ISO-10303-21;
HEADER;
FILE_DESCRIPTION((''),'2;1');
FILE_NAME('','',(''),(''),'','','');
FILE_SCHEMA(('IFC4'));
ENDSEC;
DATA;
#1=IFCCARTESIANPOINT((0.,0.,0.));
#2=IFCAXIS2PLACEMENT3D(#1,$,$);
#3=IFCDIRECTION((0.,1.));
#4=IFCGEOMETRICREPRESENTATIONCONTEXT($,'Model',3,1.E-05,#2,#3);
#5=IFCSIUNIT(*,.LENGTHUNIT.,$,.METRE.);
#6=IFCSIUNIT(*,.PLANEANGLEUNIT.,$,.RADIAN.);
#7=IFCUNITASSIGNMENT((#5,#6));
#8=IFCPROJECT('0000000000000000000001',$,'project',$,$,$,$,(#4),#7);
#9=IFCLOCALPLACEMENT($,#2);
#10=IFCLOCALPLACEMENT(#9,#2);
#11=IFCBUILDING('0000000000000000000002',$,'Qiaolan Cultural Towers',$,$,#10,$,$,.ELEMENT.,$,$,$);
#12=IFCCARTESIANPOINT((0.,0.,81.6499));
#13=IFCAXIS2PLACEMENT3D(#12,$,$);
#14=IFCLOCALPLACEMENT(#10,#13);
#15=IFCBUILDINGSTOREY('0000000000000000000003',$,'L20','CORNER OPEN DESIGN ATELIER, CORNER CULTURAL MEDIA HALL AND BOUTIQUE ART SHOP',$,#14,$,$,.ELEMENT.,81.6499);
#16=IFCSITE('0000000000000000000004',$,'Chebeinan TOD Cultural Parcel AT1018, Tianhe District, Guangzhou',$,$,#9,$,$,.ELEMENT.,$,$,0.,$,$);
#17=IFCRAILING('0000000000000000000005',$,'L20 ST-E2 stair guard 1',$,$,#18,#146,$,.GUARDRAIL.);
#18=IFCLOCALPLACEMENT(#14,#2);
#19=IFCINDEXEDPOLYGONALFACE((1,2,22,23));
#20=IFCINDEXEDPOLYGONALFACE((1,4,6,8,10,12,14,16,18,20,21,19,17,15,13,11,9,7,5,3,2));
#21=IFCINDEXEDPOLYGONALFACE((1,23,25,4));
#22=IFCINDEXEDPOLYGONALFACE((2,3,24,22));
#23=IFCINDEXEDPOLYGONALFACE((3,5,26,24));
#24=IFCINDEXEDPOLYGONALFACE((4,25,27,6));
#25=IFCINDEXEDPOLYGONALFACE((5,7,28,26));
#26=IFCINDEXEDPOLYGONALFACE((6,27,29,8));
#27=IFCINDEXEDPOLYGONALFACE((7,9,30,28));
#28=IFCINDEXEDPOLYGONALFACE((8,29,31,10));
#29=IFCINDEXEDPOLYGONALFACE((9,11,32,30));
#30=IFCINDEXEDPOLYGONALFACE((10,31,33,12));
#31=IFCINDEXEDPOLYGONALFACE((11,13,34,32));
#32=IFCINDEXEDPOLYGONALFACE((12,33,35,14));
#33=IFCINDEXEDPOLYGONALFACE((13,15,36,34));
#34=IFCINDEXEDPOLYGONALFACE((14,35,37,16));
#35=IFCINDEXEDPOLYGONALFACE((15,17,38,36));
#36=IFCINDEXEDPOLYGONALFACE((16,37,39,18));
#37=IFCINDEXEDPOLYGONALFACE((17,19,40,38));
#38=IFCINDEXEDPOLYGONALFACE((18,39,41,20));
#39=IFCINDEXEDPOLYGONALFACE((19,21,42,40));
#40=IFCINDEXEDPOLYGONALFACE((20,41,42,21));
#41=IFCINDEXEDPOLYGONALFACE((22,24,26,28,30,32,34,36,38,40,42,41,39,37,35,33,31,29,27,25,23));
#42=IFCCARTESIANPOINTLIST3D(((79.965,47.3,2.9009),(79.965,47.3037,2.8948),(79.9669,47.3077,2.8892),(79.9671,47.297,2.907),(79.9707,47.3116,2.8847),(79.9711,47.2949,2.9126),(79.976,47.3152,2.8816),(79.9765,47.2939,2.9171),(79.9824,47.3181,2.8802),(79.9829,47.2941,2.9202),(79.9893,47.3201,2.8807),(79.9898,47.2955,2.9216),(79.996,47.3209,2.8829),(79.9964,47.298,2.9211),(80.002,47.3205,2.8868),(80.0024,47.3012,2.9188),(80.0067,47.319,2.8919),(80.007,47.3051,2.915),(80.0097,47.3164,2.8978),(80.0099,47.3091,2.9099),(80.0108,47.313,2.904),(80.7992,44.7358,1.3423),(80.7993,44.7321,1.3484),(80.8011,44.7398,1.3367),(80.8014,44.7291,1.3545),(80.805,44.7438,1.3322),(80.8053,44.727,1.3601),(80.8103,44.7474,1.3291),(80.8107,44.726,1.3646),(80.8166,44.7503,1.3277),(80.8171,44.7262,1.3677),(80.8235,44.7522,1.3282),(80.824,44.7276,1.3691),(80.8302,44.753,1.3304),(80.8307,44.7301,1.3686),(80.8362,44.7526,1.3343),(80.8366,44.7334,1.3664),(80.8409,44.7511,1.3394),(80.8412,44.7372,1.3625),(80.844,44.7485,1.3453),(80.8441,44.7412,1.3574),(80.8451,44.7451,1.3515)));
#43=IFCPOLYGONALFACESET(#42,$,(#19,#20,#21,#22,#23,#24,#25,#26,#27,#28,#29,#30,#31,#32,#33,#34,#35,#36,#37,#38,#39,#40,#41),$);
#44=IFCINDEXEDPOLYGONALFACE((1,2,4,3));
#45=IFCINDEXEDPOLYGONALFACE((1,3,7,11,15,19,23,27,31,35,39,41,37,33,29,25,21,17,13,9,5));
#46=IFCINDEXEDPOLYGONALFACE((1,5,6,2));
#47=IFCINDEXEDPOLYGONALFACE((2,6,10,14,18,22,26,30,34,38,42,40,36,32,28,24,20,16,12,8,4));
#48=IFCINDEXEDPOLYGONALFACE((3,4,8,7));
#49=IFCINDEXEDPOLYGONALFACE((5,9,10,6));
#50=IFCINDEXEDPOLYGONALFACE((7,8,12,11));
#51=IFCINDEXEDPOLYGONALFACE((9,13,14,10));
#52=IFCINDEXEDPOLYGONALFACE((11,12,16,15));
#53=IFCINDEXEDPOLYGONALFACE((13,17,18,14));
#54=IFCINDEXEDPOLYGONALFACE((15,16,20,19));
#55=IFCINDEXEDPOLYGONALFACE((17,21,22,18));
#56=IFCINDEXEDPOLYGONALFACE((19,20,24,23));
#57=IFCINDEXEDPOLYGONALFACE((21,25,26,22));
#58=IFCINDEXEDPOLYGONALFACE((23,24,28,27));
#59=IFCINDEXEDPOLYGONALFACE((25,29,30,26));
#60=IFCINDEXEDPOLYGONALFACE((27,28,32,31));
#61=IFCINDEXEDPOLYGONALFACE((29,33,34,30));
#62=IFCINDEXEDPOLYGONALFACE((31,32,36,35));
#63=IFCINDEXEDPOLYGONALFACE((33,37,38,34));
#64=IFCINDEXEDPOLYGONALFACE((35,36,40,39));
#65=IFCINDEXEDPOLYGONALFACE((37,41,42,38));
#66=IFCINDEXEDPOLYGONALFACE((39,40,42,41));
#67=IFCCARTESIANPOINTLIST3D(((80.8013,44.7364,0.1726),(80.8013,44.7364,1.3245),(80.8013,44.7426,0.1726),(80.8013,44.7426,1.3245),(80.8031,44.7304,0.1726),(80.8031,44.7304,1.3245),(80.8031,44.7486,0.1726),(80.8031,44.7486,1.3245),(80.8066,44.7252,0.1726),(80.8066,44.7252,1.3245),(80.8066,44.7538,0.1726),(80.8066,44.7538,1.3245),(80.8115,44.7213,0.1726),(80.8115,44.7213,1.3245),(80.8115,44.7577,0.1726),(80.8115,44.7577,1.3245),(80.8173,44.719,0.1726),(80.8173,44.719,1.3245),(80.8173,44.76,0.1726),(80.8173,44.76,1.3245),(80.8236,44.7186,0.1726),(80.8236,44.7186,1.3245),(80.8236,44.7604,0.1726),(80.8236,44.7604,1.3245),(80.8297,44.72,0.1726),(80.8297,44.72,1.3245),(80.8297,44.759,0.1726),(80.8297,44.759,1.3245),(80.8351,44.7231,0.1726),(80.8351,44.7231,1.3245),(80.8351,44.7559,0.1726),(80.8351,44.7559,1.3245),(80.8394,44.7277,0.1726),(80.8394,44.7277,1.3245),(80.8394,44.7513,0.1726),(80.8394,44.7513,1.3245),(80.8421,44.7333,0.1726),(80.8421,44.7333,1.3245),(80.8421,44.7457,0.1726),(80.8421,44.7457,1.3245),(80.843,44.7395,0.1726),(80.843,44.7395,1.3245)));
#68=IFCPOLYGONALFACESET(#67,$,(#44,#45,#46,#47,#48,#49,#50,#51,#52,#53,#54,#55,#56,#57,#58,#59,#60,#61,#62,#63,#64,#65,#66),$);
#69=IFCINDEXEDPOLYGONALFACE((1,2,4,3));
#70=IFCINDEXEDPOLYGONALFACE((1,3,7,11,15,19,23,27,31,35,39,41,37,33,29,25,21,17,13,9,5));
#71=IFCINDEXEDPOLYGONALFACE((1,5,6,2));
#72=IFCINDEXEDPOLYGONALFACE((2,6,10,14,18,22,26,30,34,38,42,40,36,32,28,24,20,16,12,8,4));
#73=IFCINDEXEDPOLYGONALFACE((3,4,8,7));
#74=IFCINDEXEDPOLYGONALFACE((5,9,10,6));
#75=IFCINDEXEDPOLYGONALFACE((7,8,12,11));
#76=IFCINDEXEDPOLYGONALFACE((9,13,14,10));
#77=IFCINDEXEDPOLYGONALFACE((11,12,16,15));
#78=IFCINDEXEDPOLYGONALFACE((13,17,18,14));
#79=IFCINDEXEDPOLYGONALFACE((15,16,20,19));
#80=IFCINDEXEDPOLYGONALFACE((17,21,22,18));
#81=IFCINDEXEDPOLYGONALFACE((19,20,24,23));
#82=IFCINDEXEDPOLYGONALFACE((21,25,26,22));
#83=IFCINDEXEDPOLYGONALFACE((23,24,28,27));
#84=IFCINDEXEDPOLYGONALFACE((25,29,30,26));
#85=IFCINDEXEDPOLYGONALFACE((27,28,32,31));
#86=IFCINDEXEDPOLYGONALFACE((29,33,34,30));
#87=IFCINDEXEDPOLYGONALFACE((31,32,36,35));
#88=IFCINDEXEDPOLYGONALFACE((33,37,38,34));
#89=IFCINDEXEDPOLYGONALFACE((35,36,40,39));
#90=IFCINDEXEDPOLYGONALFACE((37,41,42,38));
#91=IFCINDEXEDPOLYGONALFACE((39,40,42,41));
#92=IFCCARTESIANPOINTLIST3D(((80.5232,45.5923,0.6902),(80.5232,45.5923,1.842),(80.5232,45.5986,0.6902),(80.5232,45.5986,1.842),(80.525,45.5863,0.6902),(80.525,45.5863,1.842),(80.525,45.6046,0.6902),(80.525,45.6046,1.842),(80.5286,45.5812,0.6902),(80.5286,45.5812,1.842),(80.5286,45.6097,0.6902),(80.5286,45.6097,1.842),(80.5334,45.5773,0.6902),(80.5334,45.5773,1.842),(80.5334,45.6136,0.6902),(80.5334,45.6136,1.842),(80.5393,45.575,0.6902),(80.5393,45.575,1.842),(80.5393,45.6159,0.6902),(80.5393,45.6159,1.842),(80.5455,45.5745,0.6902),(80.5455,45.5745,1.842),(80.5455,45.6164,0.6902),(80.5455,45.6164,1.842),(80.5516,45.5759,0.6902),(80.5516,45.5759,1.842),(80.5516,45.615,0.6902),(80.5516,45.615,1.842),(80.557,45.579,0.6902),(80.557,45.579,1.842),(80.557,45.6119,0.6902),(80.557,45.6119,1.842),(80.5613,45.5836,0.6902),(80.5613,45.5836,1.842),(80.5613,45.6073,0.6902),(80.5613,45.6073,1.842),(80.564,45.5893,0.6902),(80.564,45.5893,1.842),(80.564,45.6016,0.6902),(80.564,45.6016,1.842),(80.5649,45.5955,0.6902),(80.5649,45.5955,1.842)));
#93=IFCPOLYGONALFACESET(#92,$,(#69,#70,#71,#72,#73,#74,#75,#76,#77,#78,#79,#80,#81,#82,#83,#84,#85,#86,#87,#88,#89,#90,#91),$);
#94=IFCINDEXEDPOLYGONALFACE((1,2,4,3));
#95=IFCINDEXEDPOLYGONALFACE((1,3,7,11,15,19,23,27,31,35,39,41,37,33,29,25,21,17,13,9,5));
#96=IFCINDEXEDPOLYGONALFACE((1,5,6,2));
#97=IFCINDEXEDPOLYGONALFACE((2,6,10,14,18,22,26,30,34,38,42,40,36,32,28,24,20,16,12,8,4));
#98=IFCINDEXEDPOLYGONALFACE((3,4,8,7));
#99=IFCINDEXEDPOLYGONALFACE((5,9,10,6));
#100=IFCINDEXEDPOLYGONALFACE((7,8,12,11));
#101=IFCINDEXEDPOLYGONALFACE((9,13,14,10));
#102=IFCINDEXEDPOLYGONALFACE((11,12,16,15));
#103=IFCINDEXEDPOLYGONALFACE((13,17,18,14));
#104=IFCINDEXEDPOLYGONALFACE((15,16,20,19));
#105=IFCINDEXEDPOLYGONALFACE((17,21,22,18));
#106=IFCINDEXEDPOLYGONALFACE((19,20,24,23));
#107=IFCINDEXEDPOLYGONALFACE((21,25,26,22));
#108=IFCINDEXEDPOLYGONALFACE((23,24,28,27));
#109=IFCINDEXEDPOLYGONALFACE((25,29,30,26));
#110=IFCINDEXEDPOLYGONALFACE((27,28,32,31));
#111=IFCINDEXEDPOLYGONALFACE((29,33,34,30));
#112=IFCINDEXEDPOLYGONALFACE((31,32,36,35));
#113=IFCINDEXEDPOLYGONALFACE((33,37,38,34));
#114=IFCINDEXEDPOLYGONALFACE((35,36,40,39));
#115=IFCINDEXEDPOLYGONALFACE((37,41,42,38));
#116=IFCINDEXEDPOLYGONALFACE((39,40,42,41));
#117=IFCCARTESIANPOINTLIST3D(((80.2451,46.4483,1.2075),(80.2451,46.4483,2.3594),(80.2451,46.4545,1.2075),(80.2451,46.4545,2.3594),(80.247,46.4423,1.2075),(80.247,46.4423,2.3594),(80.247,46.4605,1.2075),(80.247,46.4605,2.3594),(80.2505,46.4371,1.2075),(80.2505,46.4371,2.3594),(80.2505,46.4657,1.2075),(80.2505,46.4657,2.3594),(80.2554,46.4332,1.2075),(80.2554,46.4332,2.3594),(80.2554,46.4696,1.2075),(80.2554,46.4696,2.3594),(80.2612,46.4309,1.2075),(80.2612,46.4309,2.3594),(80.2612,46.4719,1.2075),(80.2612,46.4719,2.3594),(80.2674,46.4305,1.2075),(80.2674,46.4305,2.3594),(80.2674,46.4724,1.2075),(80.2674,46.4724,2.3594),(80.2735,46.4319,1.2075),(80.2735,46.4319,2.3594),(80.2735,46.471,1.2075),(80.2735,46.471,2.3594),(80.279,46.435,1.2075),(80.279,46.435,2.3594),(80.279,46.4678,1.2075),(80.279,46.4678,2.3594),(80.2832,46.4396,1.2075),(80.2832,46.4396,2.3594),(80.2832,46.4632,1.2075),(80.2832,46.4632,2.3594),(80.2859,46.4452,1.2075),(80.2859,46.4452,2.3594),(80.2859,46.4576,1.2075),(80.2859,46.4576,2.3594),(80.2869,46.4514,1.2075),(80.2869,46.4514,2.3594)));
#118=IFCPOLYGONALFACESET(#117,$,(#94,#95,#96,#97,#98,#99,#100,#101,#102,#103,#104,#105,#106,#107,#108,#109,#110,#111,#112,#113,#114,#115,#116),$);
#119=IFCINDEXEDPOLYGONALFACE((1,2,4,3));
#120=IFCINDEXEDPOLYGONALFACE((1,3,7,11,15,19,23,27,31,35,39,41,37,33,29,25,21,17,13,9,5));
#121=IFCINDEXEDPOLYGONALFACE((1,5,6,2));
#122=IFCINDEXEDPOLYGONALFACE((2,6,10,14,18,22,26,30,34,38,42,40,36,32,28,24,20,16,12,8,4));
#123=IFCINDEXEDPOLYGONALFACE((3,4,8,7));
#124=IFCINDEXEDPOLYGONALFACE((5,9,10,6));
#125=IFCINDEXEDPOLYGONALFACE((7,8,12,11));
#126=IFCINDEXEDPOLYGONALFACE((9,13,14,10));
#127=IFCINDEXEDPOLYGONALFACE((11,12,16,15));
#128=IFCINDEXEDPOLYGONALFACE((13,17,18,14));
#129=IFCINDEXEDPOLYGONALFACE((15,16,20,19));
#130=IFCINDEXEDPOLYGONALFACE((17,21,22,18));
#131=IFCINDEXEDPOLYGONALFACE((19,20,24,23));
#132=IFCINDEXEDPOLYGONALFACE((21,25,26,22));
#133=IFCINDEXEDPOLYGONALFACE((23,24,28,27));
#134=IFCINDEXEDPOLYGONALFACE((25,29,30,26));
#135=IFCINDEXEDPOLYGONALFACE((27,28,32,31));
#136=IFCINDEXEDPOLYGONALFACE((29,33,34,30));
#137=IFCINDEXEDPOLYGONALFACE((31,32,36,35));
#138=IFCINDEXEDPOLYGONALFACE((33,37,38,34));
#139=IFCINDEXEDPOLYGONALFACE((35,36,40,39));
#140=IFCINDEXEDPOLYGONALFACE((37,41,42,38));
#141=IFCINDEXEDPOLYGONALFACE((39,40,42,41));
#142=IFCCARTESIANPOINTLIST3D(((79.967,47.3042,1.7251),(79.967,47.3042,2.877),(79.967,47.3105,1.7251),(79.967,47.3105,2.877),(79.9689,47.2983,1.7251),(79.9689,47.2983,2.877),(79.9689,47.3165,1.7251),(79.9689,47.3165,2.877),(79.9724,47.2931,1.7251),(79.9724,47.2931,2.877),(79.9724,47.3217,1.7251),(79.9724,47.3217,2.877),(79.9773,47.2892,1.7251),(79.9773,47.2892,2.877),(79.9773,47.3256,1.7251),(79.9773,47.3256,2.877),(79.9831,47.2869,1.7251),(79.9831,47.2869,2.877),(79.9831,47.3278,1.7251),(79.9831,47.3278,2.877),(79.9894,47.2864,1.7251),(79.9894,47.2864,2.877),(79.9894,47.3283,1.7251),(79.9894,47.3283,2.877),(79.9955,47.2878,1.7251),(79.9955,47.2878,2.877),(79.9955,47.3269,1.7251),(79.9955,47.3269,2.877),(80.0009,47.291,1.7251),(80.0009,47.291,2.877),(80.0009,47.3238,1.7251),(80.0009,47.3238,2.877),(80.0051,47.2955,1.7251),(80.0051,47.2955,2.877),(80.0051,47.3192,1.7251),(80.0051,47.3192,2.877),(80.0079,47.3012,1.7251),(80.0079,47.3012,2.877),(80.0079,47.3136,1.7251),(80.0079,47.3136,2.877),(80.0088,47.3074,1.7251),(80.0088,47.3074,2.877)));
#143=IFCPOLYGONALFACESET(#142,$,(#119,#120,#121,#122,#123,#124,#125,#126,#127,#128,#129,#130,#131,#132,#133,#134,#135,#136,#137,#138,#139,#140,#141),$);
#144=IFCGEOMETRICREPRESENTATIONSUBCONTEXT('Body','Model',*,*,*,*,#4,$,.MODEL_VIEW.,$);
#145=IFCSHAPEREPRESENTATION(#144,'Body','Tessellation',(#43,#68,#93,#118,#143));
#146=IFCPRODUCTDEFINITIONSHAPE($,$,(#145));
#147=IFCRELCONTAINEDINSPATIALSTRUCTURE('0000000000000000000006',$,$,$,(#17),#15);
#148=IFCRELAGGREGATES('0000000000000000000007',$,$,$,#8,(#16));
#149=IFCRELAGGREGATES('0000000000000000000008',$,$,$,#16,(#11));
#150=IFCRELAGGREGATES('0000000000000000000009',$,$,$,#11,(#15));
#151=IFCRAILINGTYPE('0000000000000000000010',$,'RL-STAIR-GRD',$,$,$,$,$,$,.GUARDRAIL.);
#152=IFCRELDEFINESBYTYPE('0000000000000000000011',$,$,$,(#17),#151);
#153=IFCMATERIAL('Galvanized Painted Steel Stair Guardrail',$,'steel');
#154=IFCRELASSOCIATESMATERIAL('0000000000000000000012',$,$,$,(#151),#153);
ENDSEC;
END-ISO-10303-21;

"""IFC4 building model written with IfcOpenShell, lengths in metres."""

from ifc_helpers import new_model, si_unit, direction, frame, origin, origin_2d, place, context, subcontext, project, spatial, circle, extrude, material, type_object, element, save


model = new_model("IFC4")

# Units and contexts
model_context = context("Model", 3, precision=1e-05, world=origin(), true_north=direction((0.0, 1.0)))
body_context = subcontext(model_context, "Body", "Model", "MODEL_VIEW")
ifc_project = project(units=[si_unit("LENGTHUNIT", "METRE"), si_unit("PLANEANGLEUNIT", "RADIAN")], contexts=[model_context])

# Site, building, storey
site_placement = place(None, origin())
site = spatial("IfcSite", under=ifc_project, at=site_placement, Name="Chebeinan TOD Cultural Parcel AT1018, Tianhe District, Guangzhou", CompositionType="ELEMENT", RefElevation=0.0)
building_placement = place(site_placement, origin())
building = spatial("IfcBuilding", under=site, at=building_placement, Name="Qiaolan Cultural Towers", CompositionType="ELEMENT")
storey_placement = place(building_placement, frame((0.0, 0.0, 81.6499)))
storey = spatial("IfcBuildingStorey", under=building, at=storey_placement, Name="L20", Description="CORNER OPEN DESIGN ATELIER, CORNER CULTURAL MEDIA HALL AND BOUTIQUE ART SHOP", CompositionType="ELEMENT", Elevation=81.6499)

# Railing
ifc_material_1 = material(Name="Galvanized Painted Steel Stair Guardrail", Category="steel")
railing_type_1 = type_object("IfcRailingType", Name="RL-STAIR-GRD", PredefinedType="GUARDRAIL", material=ifc_material_1)
railing_1_placement = place(storey_placement, frame((80.822, 44.7395, 0.1726)))
element("IfcRailing", 1, at=railing_1_placement, inside=storey, type_object=railing_type_1, Name="L20 ST-E2 stair guard 1", PredefinedType="GUARDRAIL", context=body_context, shape_type="SweptSolid", body=[
    extrude(circle(Radius=0.0239, at=origin_2d()), frame((0.0, 0.0, 1.1758), z_axis=(-0.267853, 0.824488, 0.498471), x_axis=(-0.95107, -0.308976, 0.0)), (0.0, 0.0, 1.0), 3.1145),
    extrude(circle(Radius=0.021, at=origin_2d()), origin(), (0.0, 0.0, 1.0), 1.1519),
    extrude(circle(Radius=0.021, at=origin_2d()), frame((-0.2781, 0.856, 0.5176)), (0.0, 0.0, 1.0), 1.1519),
    extrude(circle(Radius=0.021, at=origin_2d()), frame((-0.5562, 1.7119, 1.0349)), (0.0, 0.0, 1.0), 1.1519),
    extrude(circle(Radius=0.021, at=origin_2d()), frame((-0.8342, 2.5679, 1.5525)), (0.0, 0.0, 1.0), 1.1519),
])

save(model, "model.ifc")
